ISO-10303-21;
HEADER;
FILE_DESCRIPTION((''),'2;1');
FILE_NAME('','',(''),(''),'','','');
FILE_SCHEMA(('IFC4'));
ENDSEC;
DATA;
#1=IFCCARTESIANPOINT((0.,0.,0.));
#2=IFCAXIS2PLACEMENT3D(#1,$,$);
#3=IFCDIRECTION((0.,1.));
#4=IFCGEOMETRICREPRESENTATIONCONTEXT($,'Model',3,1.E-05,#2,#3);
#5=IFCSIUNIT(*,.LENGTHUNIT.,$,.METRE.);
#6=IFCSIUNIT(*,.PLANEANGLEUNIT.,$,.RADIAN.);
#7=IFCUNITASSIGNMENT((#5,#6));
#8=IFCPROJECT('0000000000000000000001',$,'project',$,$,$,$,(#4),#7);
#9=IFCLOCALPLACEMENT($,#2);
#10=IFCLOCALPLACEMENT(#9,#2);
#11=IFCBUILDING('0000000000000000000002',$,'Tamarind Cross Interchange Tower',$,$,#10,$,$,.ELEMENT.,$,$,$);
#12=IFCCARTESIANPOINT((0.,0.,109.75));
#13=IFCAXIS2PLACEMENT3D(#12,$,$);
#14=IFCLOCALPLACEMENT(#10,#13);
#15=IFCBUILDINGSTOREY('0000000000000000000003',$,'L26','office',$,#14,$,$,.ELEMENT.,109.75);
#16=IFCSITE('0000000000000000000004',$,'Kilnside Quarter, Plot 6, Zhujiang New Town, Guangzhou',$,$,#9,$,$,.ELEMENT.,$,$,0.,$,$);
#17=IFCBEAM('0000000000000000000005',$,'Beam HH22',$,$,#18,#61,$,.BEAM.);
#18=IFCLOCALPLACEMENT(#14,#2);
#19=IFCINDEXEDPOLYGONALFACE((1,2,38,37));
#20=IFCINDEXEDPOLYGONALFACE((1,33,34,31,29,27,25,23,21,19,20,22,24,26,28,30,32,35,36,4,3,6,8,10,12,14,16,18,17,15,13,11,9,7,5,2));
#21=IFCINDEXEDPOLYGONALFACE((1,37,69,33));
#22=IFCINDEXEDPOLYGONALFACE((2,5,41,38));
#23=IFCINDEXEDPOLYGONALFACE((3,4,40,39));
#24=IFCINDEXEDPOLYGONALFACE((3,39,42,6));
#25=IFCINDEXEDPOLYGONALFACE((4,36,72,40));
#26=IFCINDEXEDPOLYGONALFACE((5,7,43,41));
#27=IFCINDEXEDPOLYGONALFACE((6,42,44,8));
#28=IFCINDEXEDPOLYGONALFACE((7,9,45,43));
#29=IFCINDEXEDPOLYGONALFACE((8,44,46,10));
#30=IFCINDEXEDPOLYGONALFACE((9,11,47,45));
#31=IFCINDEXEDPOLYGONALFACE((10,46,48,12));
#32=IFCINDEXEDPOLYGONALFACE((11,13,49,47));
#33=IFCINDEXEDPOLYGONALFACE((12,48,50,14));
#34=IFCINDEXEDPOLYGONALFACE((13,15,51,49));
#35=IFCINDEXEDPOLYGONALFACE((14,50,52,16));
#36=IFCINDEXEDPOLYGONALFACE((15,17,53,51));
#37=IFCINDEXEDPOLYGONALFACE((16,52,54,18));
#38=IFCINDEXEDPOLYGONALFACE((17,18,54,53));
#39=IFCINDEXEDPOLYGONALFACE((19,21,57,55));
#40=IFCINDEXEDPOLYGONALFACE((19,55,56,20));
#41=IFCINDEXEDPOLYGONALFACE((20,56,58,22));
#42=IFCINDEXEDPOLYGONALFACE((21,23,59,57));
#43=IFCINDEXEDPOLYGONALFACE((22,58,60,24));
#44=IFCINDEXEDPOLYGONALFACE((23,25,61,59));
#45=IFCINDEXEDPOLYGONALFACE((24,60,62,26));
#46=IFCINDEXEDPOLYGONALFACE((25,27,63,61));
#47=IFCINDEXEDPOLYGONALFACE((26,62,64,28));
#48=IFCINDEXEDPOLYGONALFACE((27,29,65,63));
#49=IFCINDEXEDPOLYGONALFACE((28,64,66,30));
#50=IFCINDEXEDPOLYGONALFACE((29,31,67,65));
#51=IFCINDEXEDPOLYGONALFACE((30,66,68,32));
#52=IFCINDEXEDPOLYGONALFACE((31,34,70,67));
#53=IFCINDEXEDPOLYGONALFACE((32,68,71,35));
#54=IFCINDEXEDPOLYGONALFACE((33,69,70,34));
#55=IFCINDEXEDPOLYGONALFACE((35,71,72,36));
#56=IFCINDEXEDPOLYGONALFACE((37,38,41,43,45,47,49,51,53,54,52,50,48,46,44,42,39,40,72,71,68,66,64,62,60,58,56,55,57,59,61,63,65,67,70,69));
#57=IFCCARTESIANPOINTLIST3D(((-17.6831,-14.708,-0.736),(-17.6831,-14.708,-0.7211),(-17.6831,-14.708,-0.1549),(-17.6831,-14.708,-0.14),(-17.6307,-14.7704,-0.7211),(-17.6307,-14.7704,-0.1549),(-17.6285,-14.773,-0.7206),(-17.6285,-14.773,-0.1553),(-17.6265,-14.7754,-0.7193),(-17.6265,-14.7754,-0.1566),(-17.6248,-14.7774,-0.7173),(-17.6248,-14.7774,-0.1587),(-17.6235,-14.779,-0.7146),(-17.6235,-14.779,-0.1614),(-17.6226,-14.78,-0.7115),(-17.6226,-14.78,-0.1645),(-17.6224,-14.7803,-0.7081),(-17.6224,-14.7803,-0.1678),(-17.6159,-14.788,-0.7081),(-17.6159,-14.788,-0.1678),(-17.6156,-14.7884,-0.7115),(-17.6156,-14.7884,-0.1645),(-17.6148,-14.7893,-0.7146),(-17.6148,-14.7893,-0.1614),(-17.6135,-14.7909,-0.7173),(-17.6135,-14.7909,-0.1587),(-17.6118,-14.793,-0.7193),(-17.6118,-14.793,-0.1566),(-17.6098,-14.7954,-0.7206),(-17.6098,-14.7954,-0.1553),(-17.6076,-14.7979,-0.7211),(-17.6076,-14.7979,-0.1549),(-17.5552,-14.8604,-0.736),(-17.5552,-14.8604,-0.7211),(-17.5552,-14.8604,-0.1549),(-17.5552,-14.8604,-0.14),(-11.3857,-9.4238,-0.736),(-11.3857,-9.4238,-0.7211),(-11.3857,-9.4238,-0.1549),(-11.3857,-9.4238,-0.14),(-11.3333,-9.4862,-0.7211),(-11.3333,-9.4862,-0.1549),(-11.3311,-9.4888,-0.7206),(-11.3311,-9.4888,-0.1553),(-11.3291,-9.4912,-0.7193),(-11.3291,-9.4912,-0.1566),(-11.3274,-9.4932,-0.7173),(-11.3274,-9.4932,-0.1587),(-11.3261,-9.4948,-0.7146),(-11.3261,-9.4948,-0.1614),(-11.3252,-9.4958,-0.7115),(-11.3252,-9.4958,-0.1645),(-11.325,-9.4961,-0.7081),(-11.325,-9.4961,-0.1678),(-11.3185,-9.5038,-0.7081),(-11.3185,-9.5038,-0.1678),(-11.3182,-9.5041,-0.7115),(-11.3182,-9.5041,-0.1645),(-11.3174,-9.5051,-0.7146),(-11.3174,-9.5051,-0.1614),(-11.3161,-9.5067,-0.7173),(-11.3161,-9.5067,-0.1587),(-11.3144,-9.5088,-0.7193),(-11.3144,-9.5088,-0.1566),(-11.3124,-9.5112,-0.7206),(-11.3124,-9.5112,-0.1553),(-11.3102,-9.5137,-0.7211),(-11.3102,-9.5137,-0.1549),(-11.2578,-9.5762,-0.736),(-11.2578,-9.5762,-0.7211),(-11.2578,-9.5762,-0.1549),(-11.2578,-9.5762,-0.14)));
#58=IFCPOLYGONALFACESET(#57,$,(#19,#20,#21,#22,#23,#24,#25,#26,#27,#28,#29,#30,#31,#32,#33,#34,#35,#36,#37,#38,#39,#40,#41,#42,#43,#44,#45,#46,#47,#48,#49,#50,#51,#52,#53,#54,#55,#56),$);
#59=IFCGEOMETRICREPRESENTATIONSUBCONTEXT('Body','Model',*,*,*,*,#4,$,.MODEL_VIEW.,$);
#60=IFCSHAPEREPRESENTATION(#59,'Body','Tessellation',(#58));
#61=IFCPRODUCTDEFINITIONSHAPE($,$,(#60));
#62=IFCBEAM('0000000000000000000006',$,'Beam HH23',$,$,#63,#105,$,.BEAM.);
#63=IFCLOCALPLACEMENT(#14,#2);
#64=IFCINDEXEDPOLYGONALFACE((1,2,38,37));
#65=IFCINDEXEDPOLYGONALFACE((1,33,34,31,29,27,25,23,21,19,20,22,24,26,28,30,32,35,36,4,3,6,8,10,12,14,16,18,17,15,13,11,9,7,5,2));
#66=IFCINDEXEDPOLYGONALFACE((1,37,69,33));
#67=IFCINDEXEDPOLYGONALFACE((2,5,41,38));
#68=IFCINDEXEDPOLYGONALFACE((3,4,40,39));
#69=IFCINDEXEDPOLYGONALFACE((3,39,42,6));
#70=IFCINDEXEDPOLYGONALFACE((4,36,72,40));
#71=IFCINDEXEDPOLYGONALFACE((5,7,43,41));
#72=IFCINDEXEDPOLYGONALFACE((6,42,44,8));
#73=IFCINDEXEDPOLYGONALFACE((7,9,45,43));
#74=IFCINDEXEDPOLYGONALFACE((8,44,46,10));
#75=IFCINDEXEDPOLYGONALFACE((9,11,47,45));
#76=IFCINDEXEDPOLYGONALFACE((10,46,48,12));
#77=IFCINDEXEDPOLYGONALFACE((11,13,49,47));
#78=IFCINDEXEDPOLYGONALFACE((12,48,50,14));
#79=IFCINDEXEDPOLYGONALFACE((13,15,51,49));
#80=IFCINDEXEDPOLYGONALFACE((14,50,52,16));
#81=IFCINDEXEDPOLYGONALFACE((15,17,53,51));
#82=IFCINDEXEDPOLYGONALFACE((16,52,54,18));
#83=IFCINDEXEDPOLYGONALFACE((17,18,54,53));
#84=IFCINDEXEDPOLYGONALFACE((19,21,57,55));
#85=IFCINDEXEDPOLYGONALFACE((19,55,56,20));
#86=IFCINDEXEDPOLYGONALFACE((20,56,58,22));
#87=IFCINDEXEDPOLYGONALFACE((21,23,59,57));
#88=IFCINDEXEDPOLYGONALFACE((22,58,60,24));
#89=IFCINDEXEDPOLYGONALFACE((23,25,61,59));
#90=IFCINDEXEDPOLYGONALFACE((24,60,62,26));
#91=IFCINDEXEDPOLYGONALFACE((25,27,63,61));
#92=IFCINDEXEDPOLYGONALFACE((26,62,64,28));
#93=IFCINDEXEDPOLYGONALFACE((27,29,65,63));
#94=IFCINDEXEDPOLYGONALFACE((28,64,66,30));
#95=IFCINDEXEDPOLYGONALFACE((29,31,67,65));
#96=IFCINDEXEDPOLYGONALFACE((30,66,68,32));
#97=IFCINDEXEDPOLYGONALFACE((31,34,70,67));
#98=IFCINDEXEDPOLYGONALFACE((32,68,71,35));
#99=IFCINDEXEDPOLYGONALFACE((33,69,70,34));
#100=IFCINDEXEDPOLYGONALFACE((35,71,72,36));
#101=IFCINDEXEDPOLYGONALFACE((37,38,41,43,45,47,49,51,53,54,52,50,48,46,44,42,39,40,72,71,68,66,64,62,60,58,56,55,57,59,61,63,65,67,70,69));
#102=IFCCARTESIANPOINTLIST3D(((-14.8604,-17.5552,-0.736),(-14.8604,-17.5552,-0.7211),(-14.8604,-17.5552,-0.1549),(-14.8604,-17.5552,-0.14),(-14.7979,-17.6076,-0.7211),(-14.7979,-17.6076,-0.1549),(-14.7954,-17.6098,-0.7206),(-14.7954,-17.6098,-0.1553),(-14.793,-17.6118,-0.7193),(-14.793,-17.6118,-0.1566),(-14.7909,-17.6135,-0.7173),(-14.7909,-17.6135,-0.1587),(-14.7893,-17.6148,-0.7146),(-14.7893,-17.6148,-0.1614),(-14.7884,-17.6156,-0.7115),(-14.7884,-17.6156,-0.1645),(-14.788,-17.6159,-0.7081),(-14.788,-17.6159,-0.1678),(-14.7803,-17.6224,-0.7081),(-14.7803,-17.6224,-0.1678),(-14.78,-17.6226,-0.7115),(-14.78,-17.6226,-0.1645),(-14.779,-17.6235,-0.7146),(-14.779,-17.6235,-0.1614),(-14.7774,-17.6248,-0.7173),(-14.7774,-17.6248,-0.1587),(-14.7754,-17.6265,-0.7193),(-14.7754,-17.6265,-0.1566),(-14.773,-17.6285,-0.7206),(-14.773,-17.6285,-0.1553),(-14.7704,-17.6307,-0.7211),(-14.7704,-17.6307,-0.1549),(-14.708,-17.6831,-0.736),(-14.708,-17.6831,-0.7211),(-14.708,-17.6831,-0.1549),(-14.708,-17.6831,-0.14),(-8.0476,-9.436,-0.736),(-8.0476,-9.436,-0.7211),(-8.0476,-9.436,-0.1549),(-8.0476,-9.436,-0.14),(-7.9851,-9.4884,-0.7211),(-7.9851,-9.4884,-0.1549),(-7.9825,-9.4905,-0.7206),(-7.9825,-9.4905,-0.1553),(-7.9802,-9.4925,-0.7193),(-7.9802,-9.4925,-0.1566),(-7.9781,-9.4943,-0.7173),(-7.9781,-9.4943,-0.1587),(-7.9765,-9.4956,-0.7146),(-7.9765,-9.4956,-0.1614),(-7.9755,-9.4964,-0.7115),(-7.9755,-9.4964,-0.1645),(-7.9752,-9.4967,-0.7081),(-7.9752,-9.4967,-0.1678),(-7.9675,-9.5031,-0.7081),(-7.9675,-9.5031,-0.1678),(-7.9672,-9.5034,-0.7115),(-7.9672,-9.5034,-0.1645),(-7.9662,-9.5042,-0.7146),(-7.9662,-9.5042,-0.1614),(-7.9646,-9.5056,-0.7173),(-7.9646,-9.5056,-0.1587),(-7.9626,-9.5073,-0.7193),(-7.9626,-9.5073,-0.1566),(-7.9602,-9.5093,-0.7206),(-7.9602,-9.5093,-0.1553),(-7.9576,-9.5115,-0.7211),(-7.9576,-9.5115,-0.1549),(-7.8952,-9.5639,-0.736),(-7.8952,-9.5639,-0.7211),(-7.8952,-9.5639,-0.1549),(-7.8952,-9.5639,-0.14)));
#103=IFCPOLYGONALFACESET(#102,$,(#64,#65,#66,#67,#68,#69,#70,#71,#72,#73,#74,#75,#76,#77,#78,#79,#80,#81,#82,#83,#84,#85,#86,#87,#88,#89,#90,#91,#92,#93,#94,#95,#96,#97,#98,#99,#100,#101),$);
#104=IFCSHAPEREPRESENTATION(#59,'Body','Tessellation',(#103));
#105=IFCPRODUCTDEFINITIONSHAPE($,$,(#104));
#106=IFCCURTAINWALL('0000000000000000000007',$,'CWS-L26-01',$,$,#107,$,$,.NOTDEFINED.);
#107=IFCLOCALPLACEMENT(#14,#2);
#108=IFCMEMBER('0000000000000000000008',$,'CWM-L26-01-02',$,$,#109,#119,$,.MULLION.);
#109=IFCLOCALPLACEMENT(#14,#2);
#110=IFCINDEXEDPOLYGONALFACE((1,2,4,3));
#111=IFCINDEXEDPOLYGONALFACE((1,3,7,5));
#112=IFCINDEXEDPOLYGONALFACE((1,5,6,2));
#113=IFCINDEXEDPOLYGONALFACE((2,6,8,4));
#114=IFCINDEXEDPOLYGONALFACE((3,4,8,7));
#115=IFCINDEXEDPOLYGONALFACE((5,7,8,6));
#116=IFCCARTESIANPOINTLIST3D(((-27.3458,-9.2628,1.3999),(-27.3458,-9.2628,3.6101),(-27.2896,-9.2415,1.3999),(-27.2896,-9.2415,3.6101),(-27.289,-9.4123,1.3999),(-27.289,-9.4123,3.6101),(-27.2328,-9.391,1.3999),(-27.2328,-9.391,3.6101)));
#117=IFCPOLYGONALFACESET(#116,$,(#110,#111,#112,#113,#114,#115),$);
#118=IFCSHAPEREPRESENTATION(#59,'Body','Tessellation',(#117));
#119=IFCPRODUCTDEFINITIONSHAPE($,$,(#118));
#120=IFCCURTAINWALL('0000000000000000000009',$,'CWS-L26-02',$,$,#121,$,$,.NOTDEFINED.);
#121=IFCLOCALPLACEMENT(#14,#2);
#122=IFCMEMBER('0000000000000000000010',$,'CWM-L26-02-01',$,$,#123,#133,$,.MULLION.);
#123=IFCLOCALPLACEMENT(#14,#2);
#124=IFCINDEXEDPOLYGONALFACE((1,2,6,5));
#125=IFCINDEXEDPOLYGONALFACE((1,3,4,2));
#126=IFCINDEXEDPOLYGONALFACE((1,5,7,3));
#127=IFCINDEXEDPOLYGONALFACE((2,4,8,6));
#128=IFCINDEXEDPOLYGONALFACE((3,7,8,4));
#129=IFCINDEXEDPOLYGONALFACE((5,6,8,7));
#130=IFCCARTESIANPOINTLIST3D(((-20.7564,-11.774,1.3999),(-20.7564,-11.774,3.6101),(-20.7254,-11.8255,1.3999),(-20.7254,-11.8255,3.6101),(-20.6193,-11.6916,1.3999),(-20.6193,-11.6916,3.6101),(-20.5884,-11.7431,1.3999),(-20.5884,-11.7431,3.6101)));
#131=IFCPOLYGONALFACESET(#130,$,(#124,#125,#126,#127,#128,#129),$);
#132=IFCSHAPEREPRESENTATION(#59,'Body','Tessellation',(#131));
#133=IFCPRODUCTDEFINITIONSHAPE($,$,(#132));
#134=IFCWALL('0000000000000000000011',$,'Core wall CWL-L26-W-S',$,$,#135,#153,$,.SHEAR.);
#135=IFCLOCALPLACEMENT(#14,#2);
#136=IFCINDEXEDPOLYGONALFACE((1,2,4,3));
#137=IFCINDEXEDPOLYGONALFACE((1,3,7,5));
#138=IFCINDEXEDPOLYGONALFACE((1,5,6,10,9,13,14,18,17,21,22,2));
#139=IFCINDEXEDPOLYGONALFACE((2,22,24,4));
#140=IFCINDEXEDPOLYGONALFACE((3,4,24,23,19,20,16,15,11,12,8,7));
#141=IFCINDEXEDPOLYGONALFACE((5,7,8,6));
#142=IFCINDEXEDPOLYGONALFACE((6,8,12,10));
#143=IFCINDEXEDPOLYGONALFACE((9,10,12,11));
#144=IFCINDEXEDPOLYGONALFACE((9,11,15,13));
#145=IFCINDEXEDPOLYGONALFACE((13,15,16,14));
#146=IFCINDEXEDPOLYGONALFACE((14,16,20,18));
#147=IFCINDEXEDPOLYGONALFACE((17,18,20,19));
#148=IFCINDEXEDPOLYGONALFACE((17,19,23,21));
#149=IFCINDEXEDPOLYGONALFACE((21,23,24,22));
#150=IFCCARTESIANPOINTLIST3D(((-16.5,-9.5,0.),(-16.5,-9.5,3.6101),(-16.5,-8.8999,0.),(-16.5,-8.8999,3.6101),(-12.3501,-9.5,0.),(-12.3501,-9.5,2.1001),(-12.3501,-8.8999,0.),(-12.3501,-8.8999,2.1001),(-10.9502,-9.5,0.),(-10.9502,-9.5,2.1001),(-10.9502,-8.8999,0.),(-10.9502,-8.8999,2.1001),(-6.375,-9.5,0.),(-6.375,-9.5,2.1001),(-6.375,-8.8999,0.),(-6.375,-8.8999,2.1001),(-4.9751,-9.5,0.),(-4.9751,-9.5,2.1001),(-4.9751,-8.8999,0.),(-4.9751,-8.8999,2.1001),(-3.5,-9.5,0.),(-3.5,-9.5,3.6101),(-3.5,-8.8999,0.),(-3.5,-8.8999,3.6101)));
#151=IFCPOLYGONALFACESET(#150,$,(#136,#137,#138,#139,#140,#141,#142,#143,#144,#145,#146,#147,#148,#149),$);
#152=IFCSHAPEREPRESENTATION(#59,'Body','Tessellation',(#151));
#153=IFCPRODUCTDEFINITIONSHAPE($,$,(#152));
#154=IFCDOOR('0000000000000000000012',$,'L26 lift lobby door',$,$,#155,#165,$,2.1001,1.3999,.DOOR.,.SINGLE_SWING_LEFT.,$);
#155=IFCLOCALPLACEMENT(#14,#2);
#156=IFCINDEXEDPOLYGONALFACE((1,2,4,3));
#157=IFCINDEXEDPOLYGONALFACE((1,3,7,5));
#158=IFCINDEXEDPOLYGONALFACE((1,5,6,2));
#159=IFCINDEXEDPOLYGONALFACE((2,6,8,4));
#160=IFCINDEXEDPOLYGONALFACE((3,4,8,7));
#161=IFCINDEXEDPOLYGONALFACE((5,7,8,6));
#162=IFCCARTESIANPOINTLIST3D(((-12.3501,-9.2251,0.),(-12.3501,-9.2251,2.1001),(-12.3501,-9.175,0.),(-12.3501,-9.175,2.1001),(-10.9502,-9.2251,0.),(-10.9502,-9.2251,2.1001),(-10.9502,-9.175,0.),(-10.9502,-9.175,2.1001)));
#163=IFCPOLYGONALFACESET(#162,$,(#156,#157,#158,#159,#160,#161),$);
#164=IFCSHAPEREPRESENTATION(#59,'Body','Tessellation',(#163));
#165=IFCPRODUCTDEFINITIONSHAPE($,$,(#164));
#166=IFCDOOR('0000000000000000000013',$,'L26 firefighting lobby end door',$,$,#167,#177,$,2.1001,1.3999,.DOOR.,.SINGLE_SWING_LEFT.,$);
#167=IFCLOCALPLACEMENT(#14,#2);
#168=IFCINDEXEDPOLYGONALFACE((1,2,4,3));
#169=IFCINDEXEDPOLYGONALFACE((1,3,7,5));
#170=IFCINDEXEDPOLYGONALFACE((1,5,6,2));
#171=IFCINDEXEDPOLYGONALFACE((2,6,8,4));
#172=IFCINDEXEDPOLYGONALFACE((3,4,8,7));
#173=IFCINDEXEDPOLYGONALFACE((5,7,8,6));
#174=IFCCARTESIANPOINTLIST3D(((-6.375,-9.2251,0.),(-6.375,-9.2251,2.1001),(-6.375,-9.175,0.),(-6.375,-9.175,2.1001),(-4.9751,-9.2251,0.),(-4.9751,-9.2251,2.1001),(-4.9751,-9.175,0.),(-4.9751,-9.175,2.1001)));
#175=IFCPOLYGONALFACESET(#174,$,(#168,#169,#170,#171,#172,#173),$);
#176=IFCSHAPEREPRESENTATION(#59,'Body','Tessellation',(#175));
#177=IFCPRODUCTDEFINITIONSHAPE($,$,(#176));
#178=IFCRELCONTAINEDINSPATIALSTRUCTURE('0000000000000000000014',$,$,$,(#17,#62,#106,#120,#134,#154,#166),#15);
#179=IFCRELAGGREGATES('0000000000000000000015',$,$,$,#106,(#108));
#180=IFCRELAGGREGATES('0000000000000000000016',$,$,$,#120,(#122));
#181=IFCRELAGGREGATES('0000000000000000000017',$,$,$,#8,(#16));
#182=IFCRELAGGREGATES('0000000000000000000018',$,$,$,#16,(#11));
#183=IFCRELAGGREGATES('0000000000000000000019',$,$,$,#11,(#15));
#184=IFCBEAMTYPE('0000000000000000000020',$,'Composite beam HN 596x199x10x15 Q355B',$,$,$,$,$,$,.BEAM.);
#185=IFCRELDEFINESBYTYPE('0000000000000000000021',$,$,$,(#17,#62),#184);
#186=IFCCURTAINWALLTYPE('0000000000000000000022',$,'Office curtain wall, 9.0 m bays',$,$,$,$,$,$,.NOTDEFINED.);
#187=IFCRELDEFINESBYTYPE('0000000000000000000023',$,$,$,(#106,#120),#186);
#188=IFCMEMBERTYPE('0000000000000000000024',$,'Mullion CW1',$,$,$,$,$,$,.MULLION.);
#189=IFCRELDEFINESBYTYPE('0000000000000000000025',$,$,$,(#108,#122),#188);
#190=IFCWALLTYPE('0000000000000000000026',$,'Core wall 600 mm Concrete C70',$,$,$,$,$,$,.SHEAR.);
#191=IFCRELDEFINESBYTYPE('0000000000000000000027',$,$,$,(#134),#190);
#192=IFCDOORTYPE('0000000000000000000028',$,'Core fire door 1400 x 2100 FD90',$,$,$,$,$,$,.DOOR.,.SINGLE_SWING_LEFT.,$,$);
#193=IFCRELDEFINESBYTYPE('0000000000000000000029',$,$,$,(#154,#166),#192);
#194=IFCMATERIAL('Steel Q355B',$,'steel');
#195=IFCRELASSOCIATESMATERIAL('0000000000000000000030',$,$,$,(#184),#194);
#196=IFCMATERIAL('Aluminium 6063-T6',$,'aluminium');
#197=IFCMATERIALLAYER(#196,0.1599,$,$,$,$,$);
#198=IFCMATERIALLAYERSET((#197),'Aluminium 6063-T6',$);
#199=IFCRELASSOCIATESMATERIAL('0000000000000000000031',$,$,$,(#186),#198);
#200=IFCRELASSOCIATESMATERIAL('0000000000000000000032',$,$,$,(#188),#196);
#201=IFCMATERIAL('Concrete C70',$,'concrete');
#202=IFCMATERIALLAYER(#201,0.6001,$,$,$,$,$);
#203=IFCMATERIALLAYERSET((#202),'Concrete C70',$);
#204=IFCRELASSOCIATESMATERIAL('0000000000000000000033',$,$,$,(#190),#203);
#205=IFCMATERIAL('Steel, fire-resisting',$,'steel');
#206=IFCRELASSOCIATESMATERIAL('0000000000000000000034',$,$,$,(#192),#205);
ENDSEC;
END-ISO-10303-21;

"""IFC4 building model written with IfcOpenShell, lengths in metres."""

from ifc_helpers import new_model, si_unit, direction, frame, frame_2d, origin, origin_2d, place, context, subcontext, project, spatial, rectangle, i_section, extrude, material, layer, layer_set, material_profile, profile_set, type_object, element, fill, aggregate, save


model = new_model("IFC4")

# Units and contexts
model_context = context("Model", 3, precision=1e-05, world=origin(), true_north=direction((0.0, 1.0)))
body_context = subcontext(model_context, "Body", "Model", "MODEL_VIEW")
ifc_project = project(units=[si_unit("LENGTHUNIT", "METRE"), si_unit("PLANEANGLEUNIT", "RADIAN")], contexts=[model_context])

# Site, building, storey
site_placement = place(None, origin())
site = spatial("IfcSite", under=ifc_project, at=site_placement, Name="Kilnside Quarter, Plot 6, Zhujiang New Town, Guangzhou", CompositionType="ELEMENT", RefElevation=0.0)
building_placement = place(site_placement, origin())
building = spatial("IfcBuilding", under=site, at=building_placement, Name="Tamarind Cross Interchange Tower", CompositionType="ELEMENT")
storey_placement = place(building_placement, frame((0.0, 0.0, 109.75)))
storey = spatial("IfcBuildingStorey", under=building, at=storey_placement, Name="L26", Description="office", CompositionType="ELEMENT", Elevation=109.75)

# Beams
ifc_material_1 = material(Name="Steel Q355B", Category="steel")
ifc_material_profile_1 = material_profile(ifc_material_1, i_section(OverallWidth=0.199, OverallDepth=0.5959, WebThickness=0.01, FlangeThickness=0.0149, FilletRadius=0.0129, at=origin_2d()), Name="HN 596x199x10x15")
ifc_profile_set_1 = profile_set([ifc_material_profile_1], Name="Steel Q355B")
beam_type = type_object("IfcBeamType", Name="Composite beam HN 596x199x10x15 Q355B", PredefinedType="BEAM", material=ifc_profile_set_1)
beam_1_placement = place(storey_placement, frame((-17.6191, -14.7842, -0.438), z_axis=(0.766041, 0.642792, 0.0), x_axis=(-0.642792, 0.766041, 0.0)))
element("IfcBeam", 1, at=beam_1_placement, inside=storey, type_object=beam_type, Name="Beam HH22", PredefinedType="BEAM", context=body_context, shape_type="SweptSolid", body=[
    extrude(i_section(OverallWidth=0.199, OverallDepth=0.5959, WebThickness=0.01, FlangeThickness=0.0149, FilletRadius=0.0129, at=origin_2d()), origin(), (0.0, 0.0, 1.0), 8.2207),
])
beam_2_placement = place(storey_placement, frame((-14.7842, -17.6191, -0.438), z_axis=(0.642786, 0.766046, 0.0), x_axis=(-0.766046, 0.642786, 0.0)))
element("IfcBeam", 2, at=beam_2_placement, inside=storey, type_object=beam_type, Name="Beam HH23", PredefinedType="BEAM", context=body_context, shape_type="SweptSolid", body=[
    extrude(i_section(OverallWidth=0.199, OverallDepth=0.5959, WebThickness=0.01, FlangeThickness=0.0149, FilletRadius=0.0129, at=origin_2d()), origin(), (0.0, 0.0, 1.0), 10.5989),
])

# Curtain walls, members
ifc_material_2 = material(Name="Aluminium 6063-T6", Category="aluminium")
ifc_layer_1 = layer(ifc_material_2, 0.1599)
ifc_layer_set_1 = layer_set([ifc_layer_1], Name="Aluminium 6063-T6")
curtain_wall_type = type_object("IfcCurtainWallType", Name="Office curtain wall, 9.0 m bays", PredefinedType="NOTDEFINED", material=ifc_layer_set_1)
curtain_wall_1_placement = place(storey_placement, origin())
curtain_wall_1 = element("IfcCurtainWall", 3, at=curtain_wall_1_placement, inside=storey, type_object=curtain_wall_type, Name="CWS-L26-01", PredefinedType="NOTDEFINED")
ifc_material_profile_2 = material_profile(ifc_material_2, rectangle(XDim=0.0601, YDim=0.1599, at=origin_2d()), Name="Mullion CW1")
ifc_profile_set_2 = profile_set([ifc_material_profile_2], Name="Aluminium 6063-T6")
member_type = type_object("IfcMemberType", Name="Mullion CW1", PredefinedType="MULLION", material=ifc_profile_set_2)
member_1_placement = place(storey_placement, frame((-27.2893, -9.3269, 1.3999), z_axis=(0.0, 0.0, 1.0), x_axis=(0.934796, 0.355186, 0.0)))
member_1 = element("IfcMember", 4, at=member_1_placement, type_object=member_type, Name="CWM-L26-01-02", PredefinedType="MULLION", context=body_context, shape_type="SweptSolid", body=[
    extrude(rectangle(XDim=0.0601, YDim=0.1599, at=origin_2d()), origin(), (0.0, 0.0, 1.0), 2.2102),
])
aggregate(curtain_wall_1, [member_1])
curtain_wall_2_placement = place(storey_placement, origin())
curtain_wall_2 = element("IfcCurtainWall", 5, at=curtain_wall_2_placement, inside=storey, type_object=curtain_wall_type, Name="CWS-L26-02", PredefinedType="NOTDEFINED")
member_2_placement = place(storey_placement, frame((-20.6724, -11.7585, 1.3999), z_axis=(0.0, 0.0, 1.0), x_axis=(0.515577, -0.856843, 0.0)))
member_2 = element("IfcMember", 6, at=member_2_placement, type_object=member_type, Name="CWM-L26-02-01", PredefinedType="MULLION", context=body_context, shape_type="SweptSolid", body=[
    extrude(rectangle(XDim=0.0601, YDim=0.1599, at=origin_2d()), origin(), (0.0, 0.0, 1.0), 2.2102),
])
aggregate(curtain_wall_2, [member_2])

# Wall, openings, doors
ifc_material_3 = material(Name="Concrete C70", Category="concrete")
ifc_layer_2 = layer(ifc_material_3, 0.6001)
ifc_layer_set_2 = layer_set([ifc_layer_2], Name="Concrete C70")
wall_type_1 = type_object("IfcWallType", Name="Core wall 600 mm Concrete C70", PredefinedType="SHEAR", material=ifc_layer_set_2)
wall_1_placement = place(storey_placement, frame((-16.5, -9.2, 0.0), z_axis=(0.0, 0.0, 1.0), x_axis=(1.0, 0.0, 0.0)))
wall_1 = element("IfcWall", 7, at=wall_1_placement, inside=storey, type_object=wall_type_1, Name="Core wall CWL-L26-W-S", PredefinedType="SHEAR", context=body_context, shape_type="SweptSolid", body=[
    extrude(rectangle(XDim=13.0, YDim=0.6001, at=frame_2d((6.5, 0.0))), origin(), (0.0, 0.0, 1.0), 3.6101),
])
opening_1_placement = place(wall_1_placement, frame((4.1499, 0.0, 0.0)))
opening_1 = element("IfcOpeningElement", 8, at=opening_1_placement, cuts=wall_1, PredefinedType="OPENING", context=body_context, shape_type="SweptSolid", body=[
    extrude(rectangle(XDim=1.3999, YDim=2.1001, at=frame_2d((0.7, 1.05))), frame((0.0, 0.3101, 0.0), z_axis=(0.0, -1.0, 0.0), x_axis=(1.0, 0.0, 0.0)), (0.0, 0.0, 1.0), 0.6201),
])
opening_2_placement = place(wall_1_placement, frame((10.125, 0.0, 0.0)))
opening_2 = element("IfcOpeningElement", 9, at=opening_2_placement, cuts=wall_1, PredefinedType="OPENING", context=body_context, shape_type="SweptSolid", body=[
    extrude(rectangle(XDim=1.3999, YDim=2.1001, at=frame_2d((0.7, 1.05))), frame((0.0, 0.3101, 0.0), z_axis=(0.0, -1.0, 0.0), x_axis=(1.0, 0.0, 0.0)), (0.0, 0.0, 1.0), 0.6201),
])
ifc_material_4 = material(Name="Steel, fire-resisting", Category="steel")
door_type_1 = type_object("IfcDoorType", Name="Core fire door 1400 x 2100 FD90", OperationType="SINGLE_SWING_LEFT", PredefinedType="DOOR", material=ifc_material_4)
door_1_placement = place(opening_1_placement, origin())
door_1 = element("IfcDoor", 10, at=door_1_placement, inside=storey, type_object=door_type_1, Name="L26 lift lobby door", OperationType="SINGLE_SWING_LEFT", OverallHeight=2.1001, OverallWidth=1.3999, PredefinedType="DOOR", context=body_context, shape_type="SweptSolid", body=[
    extrude(rectangle(XDim=1.3999, YDim=2.1001, at=frame_2d((0.7, 1.05))), frame((0.0, 0.0249, 0.0), z_axis=(0.0, -1.0, 0.0), x_axis=(1.0, 0.0, 0.0)), (0.0, 0.0, 1.0), 0.05),
])
fill(opening_1, door_1)
door_2_placement = place(opening_2_placement, origin())
door_2 = element("IfcDoor", 11, at=door_2_placement, inside=storey, type_object=door_type_1, Name="L26 firefighting lobby end door", OperationType="SINGLE_SWING_LEFT", OverallHeight=2.1001, OverallWidth=1.3999, PredefinedType="DOOR", context=body_context, shape_type="SweptSolid", body=[
    extrude(rectangle(XDim=1.3999, YDim=2.1001, at=frame_2d((0.7, 1.05))), frame((0.0, 0.0249, 0.0), z_axis=(0.0, -1.0, 0.0), x_axis=(1.0, 0.0, 0.0)), (0.0, 0.0, 1.0), 0.05),
])
fill(opening_2, door_2)

save(model, "model.ifc")
